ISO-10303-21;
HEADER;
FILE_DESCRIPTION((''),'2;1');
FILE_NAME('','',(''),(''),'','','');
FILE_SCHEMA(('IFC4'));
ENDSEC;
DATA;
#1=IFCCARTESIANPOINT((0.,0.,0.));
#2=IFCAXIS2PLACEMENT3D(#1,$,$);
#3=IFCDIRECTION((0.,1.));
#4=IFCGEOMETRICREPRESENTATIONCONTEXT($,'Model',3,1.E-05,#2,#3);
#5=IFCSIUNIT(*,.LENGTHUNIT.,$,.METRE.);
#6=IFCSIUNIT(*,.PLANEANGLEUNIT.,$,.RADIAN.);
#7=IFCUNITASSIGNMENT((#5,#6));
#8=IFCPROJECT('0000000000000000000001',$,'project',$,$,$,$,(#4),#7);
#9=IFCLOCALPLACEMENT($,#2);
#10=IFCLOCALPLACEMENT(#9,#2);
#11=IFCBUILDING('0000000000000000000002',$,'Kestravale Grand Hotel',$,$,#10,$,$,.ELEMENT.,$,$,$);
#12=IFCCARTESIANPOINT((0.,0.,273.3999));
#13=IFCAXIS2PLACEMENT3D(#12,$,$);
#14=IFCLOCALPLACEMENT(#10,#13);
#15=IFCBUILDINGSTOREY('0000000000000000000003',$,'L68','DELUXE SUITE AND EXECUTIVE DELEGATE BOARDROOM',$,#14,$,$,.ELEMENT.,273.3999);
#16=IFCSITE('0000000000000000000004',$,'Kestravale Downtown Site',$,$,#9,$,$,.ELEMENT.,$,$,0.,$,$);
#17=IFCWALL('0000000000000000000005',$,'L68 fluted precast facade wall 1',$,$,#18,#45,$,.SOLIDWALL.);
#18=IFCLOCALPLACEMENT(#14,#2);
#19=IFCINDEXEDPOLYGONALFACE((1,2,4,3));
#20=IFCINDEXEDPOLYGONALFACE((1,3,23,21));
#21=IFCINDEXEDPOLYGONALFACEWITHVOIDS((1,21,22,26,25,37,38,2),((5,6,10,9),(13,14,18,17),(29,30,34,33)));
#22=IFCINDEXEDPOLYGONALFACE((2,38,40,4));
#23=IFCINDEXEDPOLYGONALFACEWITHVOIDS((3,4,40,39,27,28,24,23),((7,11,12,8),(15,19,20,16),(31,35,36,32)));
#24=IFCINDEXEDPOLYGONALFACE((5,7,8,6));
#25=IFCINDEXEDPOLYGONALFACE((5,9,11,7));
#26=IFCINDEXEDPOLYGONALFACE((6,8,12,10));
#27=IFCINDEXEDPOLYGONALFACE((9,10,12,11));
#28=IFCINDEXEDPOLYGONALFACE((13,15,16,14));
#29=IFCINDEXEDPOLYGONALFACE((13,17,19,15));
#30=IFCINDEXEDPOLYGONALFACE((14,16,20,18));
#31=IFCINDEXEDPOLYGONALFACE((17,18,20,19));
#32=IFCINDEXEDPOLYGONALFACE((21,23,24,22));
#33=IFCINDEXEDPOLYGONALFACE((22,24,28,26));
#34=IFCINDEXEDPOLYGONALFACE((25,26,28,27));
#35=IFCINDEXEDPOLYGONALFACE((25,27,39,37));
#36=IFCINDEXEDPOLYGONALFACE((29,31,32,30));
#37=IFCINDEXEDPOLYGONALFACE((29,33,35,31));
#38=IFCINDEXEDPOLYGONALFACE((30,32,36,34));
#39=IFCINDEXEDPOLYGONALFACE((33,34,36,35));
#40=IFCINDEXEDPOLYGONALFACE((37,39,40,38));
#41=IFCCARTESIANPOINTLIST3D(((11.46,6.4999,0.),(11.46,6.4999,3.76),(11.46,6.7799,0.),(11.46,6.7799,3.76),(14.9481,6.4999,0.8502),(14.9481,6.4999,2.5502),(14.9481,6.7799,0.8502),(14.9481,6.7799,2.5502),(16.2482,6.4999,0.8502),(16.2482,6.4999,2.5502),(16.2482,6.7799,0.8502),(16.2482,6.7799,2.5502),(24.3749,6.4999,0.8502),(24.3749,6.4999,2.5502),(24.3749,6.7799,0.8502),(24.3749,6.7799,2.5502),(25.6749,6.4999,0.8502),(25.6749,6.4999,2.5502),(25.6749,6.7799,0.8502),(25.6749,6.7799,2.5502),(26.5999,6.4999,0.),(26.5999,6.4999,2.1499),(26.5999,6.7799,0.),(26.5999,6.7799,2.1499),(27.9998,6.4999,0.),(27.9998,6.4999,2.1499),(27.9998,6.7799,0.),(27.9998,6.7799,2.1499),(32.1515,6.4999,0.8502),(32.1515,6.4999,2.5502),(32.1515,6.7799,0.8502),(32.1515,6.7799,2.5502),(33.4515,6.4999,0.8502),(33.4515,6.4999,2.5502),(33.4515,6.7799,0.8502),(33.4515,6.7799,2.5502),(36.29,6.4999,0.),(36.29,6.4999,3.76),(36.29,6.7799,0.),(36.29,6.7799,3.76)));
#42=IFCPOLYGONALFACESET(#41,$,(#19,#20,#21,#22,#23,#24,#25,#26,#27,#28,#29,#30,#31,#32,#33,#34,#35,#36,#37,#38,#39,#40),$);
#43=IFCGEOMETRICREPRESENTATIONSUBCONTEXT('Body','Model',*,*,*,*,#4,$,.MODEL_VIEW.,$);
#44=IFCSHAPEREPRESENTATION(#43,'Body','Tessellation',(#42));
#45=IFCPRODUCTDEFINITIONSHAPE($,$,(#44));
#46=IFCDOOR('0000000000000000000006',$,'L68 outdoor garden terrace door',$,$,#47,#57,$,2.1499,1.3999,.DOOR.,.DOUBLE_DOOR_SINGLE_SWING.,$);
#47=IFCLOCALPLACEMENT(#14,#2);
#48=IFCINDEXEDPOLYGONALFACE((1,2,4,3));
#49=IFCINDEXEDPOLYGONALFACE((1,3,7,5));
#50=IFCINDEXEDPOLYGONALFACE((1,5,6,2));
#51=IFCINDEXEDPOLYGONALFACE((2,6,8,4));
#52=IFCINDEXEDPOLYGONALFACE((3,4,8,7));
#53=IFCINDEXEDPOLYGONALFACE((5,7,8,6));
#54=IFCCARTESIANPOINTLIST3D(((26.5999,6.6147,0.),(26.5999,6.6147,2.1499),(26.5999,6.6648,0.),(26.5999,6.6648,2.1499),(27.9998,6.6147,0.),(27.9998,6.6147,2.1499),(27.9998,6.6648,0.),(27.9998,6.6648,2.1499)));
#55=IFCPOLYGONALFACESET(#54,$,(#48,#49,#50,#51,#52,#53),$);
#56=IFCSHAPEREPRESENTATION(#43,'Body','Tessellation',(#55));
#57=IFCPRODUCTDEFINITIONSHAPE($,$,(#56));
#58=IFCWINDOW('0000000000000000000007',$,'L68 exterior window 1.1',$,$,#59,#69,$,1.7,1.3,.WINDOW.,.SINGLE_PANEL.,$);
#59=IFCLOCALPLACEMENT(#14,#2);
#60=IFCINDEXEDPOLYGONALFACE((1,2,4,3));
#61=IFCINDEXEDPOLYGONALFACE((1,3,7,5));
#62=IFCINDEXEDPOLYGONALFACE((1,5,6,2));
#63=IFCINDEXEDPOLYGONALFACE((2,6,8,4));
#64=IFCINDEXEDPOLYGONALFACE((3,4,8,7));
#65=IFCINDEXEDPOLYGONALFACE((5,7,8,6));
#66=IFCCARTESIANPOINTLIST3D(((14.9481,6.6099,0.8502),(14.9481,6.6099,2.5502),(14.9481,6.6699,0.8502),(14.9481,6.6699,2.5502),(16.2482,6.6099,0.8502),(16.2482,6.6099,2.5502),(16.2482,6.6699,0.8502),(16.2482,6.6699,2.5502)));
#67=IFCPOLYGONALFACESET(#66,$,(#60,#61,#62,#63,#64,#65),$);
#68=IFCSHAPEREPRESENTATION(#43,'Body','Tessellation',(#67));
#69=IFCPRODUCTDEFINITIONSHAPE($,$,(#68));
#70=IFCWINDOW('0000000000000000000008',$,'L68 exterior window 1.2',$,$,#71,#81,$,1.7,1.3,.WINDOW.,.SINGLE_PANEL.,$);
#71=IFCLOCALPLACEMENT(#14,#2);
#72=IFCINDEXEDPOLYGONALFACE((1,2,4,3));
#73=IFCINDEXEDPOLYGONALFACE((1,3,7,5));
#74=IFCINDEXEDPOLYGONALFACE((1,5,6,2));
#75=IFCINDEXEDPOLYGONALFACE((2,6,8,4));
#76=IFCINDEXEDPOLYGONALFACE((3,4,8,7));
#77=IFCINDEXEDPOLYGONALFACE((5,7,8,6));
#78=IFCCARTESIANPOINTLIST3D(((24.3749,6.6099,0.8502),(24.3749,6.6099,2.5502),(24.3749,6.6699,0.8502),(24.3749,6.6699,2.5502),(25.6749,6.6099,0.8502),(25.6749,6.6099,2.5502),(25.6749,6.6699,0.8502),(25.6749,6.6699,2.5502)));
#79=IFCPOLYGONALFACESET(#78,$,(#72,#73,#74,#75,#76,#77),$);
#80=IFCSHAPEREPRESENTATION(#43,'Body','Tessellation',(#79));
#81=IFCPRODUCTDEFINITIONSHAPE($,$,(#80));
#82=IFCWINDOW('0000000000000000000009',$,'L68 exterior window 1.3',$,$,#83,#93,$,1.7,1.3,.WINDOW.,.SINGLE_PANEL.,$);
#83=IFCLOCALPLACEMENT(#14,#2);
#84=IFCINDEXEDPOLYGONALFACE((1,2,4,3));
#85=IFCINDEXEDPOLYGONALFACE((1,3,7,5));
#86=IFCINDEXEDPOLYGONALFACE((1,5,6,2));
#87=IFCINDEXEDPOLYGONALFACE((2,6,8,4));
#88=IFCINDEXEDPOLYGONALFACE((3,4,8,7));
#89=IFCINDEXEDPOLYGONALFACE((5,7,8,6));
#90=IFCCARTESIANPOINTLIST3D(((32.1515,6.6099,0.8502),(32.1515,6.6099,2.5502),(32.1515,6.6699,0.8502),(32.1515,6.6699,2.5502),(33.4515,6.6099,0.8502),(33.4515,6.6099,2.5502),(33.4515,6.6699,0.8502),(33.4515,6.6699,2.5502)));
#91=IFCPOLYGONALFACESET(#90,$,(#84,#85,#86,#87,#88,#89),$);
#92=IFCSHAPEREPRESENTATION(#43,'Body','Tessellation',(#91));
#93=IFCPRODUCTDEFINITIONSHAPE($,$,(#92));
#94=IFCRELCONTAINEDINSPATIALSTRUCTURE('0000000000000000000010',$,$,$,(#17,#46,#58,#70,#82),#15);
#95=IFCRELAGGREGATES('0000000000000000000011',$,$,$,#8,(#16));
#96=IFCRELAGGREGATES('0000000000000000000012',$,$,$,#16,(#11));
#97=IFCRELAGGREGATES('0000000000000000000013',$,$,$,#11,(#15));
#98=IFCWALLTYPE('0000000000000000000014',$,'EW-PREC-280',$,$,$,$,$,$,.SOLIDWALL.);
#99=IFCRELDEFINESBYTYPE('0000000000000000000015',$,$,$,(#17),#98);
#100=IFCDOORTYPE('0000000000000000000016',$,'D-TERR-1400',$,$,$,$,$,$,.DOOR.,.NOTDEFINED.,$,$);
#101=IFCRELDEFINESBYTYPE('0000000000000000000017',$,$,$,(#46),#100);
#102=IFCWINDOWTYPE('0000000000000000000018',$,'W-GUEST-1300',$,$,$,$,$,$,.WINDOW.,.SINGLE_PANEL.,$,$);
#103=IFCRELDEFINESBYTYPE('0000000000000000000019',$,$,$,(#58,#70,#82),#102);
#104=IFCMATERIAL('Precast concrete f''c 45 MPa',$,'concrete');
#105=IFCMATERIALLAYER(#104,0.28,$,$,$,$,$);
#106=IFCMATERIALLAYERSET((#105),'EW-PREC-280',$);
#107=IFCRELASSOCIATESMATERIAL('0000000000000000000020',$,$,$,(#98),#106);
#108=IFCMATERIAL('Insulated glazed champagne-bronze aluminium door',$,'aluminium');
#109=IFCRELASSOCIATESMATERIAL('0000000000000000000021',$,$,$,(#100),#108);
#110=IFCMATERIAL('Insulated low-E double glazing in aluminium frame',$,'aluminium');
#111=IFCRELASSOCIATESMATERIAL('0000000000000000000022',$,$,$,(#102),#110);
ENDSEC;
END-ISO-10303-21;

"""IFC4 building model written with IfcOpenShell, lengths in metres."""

from ifc_helpers import new_model, si_unit, direction, frame, frame_2d, origin, place, context, subcontext, project, spatial, rectangle, extrude, material, layer, layer_set, type_object, element, fill, save


model = new_model("IFC4")

# Units and contexts
model_context = context("Model", 3, precision=1e-05, world=origin(), true_north=direction((0.0, 1.0)))
body_context = subcontext(model_context, "Body", "Model", "MODEL_VIEW")
ifc_project = project(units=[si_unit("LENGTHUNIT", "METRE"), si_unit("PLANEANGLEUNIT", "RADIAN")], contexts=[model_context])

# Site, building, storey
site_placement = place(None, origin())
site = spatial("IfcSite", under=ifc_project, at=site_placement, Name="Kestravale Downtown Site", CompositionType="ELEMENT", RefElevation=0.0)
building_placement = place(site_placement, origin())
building = spatial("IfcBuilding", under=site, at=building_placement, Name="Kestravale Grand Hotel", CompositionType="ELEMENT")
storey_placement = place(building_placement, frame((0.0, 0.0, 273.3999)))
storey = spatial("IfcBuildingStorey", under=building, at=storey_placement, Name="L68", Description="DELUXE SUITE AND EXECUTIVE DELEGATE BOARDROOM", CompositionType="ELEMENT", Elevation=273.3999)

# Wall, openings, door, windows
ifc_material_1 = material(Name="Precast concrete f'c 45 MPa", Category="concrete")
ifc_layer_1 = layer(ifc_material_1, 0.28)
ifc_layer_set_1 = layer_set([ifc_layer_1], Name="EW-PREC-280")
wall_type_1 = type_object("IfcWallType", Name="EW-PREC-280", PredefinedType="SOLIDWALL", material=ifc_layer_set_1)
wall_1_placement = place(storey_placement, frame((11.46, 6.6399, 0.0), z_axis=(0.0, 0.0, 1.0), x_axis=(1.0, 0.0, 0.0)))
wall_1 = element("IfcWall", 1, at=wall_1_placement, inside=storey, type_object=wall_type_1, Name="L68 fluted precast facade wall 1", PredefinedType="SOLIDWALL", context=body_context, shape_type="SweptSolid", body=[
    extrude(rectangle(XDim=24.8301, YDim=0.28, at=frame_2d((12.415, 0.0))), origin(), (0.0, 0.0, 1.0), 3.76),
])
opening_1_placement = place(wall_1_placement, frame((15.1399, 0.0, 0.0)))
opening_1 = element("IfcOpeningElement", 2, at=opening_1_placement, cuts=wall_1, PredefinedType="OPENING", context=body_context, shape_type="SweptSolid", body=[
    extrude(rectangle(XDim=1.3999, YDim=2.1499, at=frame_2d((0.7, 1.075))), frame((0.0, 0.1499, 0.0), z_axis=(0.0, -1.0, 0.0), x_axis=(1.0, 0.0, 0.0)), (0.0, 0.0, 1.0), 0.3),
])
opening_2_placement = place(wall_1_placement, frame((3.4883, 0.0, 0.8501)))
opening_2 = element("IfcOpeningElement", 3, at=opening_2_placement, cuts=wall_1, PredefinedType="OPENING", context=body_context, shape_type="SweptSolid", body=[
    extrude(rectangle(XDim=1.3, YDim=1.7, at=frame_2d((0.6499, 0.8501))), frame((0.0, 0.1499, 0.0), z_axis=(0.0, -1.0, 0.0), x_axis=(1.0, 0.0, 0.0)), (0.0, 0.0, 1.0), 0.3),
])
opening_3_placement = place(wall_1_placement, frame((12.915, 0.0, 0.8501)))
opening_3 = element("IfcOpeningElement", 4, at=opening_3_placement, cuts=wall_1, PredefinedType="OPENING", context=body_context, shape_type="SweptSolid", body=[
    extrude(rectangle(XDim=1.3, YDim=1.7, at=frame_2d((0.6499, 0.8501))), frame((0.0, 0.1499, 0.0), z_axis=(0.0, -1.0, 0.0), x_axis=(1.0, 0.0, 0.0)), (0.0, 0.0, 1.0), 0.3),
])
opening_4_placement = place(wall_1_placement, frame((20.6917, 0.0, 0.8501)))
opening_4 = element("IfcOpeningElement", 5, at=opening_4_placement, cuts=wall_1, PredefinedType="OPENING", context=body_context, shape_type="SweptSolid", body=[
    extrude(rectangle(XDim=1.3, YDim=1.7, at=frame_2d((0.6499, 0.8501))), frame((0.0, 0.1499, 0.0), z_axis=(0.0, -1.0, 0.0), x_axis=(1.0, 0.0, 0.0)), (0.0, 0.0, 1.0), 0.3),
])
ifc_material_2 = material(Name="Insulated glazed champagne-bronze aluminium door", Category="aluminium")
door_type_1 = type_object("IfcDoorType", Name="D-TERR-1400", OperationType="NOTDEFINED", PredefinedType="DOOR", material=ifc_material_2)
door_1_placement = place(opening_1_placement, origin())
door_1 = element("IfcDoor", 6, at=door_1_placement, inside=storey, type_object=door_type_1, Name="L68 outdoor garden terrace door", OperationType="DOUBLE_DOOR_SINGLE_SWING", OverallHeight=2.1499, OverallWidth=1.3999, PredefinedType="DOOR", context=body_context, shape_type="SweptSolid", body=[
    extrude(rectangle(XDim=1.3999, YDim=2.1499, at=frame_2d((0.7, 1.075))), frame((0.0, 0.0249, 0.0), z_axis=(0.0, -1.0, 0.0), x_axis=(1.0, 0.0, 0.0)), (0.0, 0.0, 1.0), 0.05),
])
fill(opening_1, door_1)
ifc_material_3 = material(Name="Insulated low-E double glazing in aluminium frame", Category="aluminium")
window_type = type_object("IfcWindowType", Name="W-GUEST-1300", PartitioningType="SINGLE_PANEL", PredefinedType="WINDOW", material=ifc_material_3)
window_1_placement = place(opening_2_placement, origin())
window_1 = element("IfcWindow", 7, at=window_1_placement, inside=storey, type_object=window_type, Name="L68 exterior window 1.1", OverallHeight=1.7, OverallWidth=1.3, PartitioningType="SINGLE_PANEL", PredefinedType="WINDOW", context=body_context, shape_type="SweptSolid", body=[
    extrude(rectangle(XDim=1.3, YDim=1.7, at=frame_2d((0.6499, 0.8501))), frame((0.0, 0.03, 0.0), z_axis=(0.0, -1.0, 0.0), x_axis=(1.0, 0.0, 0.0)), (0.0, 0.0, 1.0), 0.0601),
])
fill(opening_2, window_1)
window_2_placement = place(opening_3_placement, origin())
window_2 = element("IfcWindow", 8, at=window_2_placement, inside=storey, type_object=window_type, Name="L68 exterior window 1.2", OverallHeight=1.7, OverallWidth=1.3, PartitioningType="SINGLE_PANEL", PredefinedType="WINDOW", context=body_context, shape_type="SweptSolid", body=[
    extrude(rectangle(XDim=1.3, YDim=1.7, at=frame_2d((0.6499, 0.8501))), frame((0.0, 0.03, 0.0), z_axis=(0.0, -1.0, 0.0), x_axis=(1.0, 0.0, 0.0)), (0.0, 0.0, 1.0), 0.0601),
])
fill(opening_3, window_2)
window_3_placement = place(opening_4_placement, origin())
window_3 = element("IfcWindow", 9, at=window_3_placement, inside=storey, type_object=window_type, Name="L68 exterior window 1.3", OverallHeight=1.7, OverallWidth=1.3, PartitioningType="SINGLE_PANEL", PredefinedType="WINDOW", context=body_context, shape_type="SweptSolid", body=[
    extrude(rectangle(XDim=1.3, YDim=1.7, at=frame_2d((0.6499, 0.8501))), frame((0.0, 0.03, 0.0), z_axis=(0.0, -1.0, 0.0), x_axis=(1.0, 0.0, 0.0)), (0.0, 0.0, 1.0), 0.0601),
])
fill(opening_4, window_3)

save(model, "model.ifc")
